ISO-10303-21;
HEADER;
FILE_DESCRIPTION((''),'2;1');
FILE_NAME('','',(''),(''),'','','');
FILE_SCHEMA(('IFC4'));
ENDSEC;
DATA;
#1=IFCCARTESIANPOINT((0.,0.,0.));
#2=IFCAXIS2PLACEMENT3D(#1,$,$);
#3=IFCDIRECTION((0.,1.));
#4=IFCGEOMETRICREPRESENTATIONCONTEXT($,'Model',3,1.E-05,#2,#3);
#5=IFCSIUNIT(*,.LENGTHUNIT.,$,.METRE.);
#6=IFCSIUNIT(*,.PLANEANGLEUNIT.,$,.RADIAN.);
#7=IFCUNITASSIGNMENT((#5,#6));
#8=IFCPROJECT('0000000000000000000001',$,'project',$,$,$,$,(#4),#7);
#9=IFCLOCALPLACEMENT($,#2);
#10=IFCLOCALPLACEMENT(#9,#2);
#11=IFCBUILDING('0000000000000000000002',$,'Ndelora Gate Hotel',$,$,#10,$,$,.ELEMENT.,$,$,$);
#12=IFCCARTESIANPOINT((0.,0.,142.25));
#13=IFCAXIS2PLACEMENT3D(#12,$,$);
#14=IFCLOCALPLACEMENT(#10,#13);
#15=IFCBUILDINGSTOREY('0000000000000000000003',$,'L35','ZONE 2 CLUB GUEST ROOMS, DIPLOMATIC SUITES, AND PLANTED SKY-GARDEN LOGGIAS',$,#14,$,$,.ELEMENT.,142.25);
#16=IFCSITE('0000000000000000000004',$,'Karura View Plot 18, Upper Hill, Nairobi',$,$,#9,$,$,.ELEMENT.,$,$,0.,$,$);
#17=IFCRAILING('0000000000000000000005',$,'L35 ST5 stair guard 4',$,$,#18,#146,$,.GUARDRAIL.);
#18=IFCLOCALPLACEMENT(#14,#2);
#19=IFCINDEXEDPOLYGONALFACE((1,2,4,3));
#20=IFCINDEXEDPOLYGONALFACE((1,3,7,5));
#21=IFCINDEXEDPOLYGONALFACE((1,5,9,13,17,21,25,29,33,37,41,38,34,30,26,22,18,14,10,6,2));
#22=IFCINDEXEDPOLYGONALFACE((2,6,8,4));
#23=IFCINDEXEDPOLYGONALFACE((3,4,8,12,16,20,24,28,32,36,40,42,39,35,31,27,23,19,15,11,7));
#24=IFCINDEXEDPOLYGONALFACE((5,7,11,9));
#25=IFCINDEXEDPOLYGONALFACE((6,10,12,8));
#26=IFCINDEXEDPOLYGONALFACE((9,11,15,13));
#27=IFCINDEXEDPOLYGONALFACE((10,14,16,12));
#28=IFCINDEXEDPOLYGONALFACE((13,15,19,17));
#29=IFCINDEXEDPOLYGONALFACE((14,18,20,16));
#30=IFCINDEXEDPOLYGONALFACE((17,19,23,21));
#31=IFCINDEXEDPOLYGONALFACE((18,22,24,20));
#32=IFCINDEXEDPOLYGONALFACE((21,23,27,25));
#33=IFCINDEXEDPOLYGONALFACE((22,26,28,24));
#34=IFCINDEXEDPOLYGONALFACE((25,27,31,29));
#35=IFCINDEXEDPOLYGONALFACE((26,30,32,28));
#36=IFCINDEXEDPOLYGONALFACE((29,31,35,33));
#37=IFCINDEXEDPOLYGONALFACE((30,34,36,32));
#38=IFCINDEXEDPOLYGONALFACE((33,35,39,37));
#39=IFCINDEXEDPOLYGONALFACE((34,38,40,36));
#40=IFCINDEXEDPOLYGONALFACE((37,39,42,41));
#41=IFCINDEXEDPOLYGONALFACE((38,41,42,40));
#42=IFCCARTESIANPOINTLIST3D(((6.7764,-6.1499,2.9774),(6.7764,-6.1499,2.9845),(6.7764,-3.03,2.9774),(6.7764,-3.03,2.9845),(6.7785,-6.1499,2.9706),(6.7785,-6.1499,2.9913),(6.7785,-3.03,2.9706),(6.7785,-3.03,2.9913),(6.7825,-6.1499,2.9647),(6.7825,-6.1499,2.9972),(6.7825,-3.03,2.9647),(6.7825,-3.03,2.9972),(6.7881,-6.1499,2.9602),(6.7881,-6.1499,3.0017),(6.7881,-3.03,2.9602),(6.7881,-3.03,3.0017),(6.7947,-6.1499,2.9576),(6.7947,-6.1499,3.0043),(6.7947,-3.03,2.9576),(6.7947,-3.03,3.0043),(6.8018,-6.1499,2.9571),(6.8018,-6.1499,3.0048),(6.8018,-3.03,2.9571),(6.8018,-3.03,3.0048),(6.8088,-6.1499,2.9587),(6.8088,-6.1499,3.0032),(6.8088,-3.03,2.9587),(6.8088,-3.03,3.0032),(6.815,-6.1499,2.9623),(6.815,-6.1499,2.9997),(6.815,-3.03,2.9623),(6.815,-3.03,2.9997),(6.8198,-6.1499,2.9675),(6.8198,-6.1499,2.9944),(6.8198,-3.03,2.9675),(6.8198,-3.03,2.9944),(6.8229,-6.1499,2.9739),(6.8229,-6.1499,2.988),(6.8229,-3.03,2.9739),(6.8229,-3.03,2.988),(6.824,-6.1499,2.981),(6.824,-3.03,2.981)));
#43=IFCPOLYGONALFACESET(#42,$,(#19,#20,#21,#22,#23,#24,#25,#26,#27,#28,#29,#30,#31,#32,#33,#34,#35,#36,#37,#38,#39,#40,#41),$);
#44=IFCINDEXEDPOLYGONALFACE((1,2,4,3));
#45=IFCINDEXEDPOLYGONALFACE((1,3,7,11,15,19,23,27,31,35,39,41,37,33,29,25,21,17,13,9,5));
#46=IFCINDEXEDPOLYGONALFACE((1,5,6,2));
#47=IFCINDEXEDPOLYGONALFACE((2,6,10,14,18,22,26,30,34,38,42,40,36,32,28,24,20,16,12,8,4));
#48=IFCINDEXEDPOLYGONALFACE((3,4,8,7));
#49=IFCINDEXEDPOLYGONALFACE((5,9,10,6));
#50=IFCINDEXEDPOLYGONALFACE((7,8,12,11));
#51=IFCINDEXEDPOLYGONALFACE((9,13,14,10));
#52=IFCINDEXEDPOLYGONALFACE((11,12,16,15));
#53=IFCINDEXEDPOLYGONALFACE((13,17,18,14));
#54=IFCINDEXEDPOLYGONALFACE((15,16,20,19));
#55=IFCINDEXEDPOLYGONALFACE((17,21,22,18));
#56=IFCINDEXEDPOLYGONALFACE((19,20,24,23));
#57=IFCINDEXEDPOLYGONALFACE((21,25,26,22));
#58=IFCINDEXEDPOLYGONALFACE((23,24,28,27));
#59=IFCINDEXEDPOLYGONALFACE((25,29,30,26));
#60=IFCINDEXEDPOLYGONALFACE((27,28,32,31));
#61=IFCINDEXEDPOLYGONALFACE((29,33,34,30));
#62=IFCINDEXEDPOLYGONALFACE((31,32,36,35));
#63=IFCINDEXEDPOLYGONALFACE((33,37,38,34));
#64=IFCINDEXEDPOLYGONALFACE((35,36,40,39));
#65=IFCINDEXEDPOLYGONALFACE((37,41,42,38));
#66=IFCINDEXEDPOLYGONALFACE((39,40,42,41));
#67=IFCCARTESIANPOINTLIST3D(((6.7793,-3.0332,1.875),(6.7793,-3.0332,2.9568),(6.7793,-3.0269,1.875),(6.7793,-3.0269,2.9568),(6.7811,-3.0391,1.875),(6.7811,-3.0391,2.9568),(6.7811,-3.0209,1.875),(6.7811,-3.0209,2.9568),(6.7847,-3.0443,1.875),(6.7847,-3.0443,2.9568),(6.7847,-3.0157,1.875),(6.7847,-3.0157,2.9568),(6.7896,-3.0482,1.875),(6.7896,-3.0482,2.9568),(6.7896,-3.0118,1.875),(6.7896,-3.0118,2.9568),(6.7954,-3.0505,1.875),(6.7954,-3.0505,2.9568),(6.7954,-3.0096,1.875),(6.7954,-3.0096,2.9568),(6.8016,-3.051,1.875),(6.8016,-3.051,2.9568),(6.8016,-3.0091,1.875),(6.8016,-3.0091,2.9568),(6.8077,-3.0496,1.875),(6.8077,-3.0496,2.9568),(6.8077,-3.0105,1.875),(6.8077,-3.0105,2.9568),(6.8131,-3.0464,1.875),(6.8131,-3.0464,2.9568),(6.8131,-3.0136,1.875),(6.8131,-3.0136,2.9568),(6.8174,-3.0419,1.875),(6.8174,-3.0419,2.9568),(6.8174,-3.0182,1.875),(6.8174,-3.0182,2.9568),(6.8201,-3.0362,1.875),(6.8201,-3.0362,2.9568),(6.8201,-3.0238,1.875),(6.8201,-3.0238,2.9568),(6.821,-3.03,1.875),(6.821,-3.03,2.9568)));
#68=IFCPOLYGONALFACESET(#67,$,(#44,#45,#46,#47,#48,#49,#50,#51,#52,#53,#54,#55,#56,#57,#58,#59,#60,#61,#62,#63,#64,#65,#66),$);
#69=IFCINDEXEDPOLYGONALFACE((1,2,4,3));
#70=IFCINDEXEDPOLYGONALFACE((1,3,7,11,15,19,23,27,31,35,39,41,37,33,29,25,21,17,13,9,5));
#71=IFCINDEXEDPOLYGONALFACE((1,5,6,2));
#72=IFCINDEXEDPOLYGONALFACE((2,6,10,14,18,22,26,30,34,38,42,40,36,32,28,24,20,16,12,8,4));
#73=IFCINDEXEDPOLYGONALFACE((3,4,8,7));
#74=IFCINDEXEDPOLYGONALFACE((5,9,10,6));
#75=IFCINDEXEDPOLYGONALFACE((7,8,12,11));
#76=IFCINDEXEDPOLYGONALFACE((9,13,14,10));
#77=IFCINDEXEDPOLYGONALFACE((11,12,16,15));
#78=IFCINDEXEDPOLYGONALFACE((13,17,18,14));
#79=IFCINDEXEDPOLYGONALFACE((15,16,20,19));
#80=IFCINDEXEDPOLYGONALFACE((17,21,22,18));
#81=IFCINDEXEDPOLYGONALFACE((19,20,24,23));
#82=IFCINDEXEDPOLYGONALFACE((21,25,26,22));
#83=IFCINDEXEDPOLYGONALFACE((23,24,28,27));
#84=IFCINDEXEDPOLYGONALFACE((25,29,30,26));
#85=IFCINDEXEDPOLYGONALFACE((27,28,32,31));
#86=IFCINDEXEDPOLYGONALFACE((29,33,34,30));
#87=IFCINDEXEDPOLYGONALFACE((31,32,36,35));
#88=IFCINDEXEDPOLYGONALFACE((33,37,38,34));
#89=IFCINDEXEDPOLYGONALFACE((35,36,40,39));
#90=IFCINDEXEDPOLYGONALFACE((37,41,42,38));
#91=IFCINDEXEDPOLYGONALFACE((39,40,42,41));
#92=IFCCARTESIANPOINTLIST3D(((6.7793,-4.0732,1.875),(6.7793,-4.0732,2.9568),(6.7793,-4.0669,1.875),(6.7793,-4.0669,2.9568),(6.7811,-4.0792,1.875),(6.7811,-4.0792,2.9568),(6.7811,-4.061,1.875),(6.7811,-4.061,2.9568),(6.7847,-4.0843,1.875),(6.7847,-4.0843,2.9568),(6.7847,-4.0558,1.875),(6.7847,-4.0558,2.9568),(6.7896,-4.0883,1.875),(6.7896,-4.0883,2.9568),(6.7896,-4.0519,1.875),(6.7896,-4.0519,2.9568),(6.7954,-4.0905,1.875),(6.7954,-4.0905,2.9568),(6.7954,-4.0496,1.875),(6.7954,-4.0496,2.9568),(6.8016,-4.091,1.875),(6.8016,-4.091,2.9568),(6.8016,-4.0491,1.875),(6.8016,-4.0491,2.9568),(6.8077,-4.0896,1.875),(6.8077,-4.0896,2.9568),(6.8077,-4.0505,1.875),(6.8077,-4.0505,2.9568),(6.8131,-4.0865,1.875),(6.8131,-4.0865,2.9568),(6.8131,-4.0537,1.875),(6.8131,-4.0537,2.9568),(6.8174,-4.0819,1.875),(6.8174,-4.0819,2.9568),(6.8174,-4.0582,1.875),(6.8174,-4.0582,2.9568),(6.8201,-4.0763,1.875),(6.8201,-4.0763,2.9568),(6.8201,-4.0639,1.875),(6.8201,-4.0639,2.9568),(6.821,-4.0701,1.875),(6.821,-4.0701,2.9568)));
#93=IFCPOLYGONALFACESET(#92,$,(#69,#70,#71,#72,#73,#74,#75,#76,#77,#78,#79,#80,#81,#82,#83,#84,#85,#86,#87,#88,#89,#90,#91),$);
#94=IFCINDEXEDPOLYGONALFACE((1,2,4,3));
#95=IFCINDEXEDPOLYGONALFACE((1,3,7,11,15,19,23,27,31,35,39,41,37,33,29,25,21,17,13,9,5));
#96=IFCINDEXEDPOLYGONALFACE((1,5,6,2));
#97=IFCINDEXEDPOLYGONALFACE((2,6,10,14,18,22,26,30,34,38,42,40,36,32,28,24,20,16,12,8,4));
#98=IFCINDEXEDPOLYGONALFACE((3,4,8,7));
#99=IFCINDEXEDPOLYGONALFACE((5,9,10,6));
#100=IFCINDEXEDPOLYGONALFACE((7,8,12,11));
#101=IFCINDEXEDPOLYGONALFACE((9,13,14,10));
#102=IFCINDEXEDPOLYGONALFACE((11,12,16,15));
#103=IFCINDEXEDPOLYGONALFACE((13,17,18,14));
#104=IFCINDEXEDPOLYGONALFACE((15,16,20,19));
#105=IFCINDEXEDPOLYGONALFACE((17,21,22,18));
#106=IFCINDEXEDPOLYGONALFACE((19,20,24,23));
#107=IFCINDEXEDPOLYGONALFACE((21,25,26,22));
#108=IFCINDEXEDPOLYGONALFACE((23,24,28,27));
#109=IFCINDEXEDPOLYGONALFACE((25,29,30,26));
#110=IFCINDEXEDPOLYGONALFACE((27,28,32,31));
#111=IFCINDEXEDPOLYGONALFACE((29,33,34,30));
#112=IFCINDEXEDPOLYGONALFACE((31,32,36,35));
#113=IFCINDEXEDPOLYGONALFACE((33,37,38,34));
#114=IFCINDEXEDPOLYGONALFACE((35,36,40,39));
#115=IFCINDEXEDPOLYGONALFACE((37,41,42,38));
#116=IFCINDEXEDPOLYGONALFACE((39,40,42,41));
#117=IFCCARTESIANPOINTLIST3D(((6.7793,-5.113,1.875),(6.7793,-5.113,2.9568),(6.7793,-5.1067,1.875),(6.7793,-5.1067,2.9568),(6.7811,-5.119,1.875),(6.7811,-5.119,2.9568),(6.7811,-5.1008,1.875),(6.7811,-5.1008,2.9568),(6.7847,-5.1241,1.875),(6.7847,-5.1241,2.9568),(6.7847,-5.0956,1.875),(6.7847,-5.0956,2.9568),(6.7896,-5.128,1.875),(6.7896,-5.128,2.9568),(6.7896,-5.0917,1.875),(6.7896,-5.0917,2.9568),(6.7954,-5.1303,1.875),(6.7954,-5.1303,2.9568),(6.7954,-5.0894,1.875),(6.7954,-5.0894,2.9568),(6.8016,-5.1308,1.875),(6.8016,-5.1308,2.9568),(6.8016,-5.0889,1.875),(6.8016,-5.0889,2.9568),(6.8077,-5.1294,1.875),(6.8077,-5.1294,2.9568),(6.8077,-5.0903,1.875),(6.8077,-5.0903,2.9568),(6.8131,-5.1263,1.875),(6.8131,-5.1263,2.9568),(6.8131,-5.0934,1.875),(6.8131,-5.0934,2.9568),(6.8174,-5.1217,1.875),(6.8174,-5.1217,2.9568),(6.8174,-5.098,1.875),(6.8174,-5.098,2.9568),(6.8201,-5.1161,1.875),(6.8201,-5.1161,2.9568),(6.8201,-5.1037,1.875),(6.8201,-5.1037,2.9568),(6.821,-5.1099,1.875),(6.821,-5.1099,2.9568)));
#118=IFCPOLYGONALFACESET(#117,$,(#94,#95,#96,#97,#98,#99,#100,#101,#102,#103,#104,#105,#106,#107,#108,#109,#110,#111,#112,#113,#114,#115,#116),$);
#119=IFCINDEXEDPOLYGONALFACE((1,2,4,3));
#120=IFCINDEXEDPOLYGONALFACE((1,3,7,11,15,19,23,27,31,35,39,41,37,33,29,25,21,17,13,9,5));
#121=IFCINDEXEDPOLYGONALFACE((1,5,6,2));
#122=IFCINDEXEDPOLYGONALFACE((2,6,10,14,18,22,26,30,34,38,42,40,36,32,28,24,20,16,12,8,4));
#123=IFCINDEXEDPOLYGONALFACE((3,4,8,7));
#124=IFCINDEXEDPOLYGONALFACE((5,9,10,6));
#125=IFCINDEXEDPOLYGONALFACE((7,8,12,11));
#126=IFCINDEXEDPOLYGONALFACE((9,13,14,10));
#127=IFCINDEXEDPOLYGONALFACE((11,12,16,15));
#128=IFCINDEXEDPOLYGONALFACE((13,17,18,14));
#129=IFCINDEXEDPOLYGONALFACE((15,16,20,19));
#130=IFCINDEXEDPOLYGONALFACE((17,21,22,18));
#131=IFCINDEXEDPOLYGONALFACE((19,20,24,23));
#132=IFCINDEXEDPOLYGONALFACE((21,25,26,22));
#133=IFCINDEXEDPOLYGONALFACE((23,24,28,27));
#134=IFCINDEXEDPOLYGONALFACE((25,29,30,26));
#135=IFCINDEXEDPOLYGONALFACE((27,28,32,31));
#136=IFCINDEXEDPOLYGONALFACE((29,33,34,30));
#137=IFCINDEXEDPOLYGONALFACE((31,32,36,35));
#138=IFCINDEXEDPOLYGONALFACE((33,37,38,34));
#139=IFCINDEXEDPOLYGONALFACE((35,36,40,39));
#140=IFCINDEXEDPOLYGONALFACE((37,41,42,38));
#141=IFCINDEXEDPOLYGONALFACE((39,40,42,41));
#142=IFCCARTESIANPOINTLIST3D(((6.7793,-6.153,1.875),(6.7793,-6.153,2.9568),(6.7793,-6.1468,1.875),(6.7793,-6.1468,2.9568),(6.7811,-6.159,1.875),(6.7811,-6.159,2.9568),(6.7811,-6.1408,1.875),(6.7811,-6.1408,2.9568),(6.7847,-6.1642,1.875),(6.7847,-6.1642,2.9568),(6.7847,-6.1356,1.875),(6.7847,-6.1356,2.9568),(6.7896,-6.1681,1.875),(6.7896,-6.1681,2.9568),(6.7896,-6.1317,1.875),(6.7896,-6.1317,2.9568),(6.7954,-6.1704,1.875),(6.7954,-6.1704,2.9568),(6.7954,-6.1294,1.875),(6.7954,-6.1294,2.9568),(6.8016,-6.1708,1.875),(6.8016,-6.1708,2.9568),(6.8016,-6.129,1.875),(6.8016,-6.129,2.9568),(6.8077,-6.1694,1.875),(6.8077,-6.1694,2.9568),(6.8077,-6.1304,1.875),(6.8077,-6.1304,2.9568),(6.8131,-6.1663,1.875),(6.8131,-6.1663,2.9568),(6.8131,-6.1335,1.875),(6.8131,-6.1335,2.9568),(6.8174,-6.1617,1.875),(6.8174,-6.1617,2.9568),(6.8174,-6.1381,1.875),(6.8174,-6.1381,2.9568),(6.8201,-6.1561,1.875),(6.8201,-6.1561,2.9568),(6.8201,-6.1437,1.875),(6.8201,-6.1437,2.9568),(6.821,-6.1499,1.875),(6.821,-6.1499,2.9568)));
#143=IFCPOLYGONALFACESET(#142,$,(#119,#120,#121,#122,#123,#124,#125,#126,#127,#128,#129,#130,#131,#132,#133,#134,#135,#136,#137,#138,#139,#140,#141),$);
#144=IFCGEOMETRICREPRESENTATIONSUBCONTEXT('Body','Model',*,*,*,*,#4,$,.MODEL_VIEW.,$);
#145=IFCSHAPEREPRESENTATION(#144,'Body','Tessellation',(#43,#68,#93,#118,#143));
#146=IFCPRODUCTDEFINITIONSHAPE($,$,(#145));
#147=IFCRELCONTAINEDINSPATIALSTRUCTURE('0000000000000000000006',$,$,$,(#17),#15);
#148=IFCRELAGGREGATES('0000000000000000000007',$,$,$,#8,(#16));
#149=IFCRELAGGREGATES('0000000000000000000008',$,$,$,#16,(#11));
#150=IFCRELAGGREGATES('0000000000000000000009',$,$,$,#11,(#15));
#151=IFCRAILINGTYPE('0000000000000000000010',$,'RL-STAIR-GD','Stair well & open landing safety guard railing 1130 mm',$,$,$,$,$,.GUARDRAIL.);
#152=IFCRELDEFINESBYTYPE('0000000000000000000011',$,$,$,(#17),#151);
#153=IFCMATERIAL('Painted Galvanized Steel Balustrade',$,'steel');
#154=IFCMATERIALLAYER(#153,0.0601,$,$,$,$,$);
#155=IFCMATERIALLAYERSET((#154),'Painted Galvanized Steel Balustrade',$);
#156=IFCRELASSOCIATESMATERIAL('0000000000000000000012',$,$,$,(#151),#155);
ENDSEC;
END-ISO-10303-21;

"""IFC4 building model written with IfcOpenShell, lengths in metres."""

from ifc_helpers import new_model, si_unit, direction, frame, origin, origin_2d, place, context, subcontext, project, spatial, circle, extrude, material, layer, layer_set, type_object, element, save


model = new_model("IFC4")

# Units and contexts
model_context = context("Model", 3, precision=1e-05, world=origin(), true_north=direction((0.0, 1.0)))
body_context = subcontext(model_context, "Body", "Model", "MODEL_VIEW")
ifc_project = project(units=[si_unit("LENGTHUNIT", "METRE"), si_unit("PLANEANGLEUNIT", "RADIAN")], contexts=[model_context])

# Site, building, storey
site_placement = place(None, origin())
site = spatial("IfcSite", under=ifc_project, at=site_placement, Name="Karura View Plot 18, Upper Hill, Nairobi", CompositionType="ELEMENT", RefElevation=0.0)
building_placement = place(site_placement, origin())
building = spatial("IfcBuilding", under=site, at=building_placement, Name="Ndelora Gate Hotel", CompositionType="ELEMENT")
storey_placement = place(building_placement, frame((0.0, 0.0, 142.25)))
storey = spatial("IfcBuildingStorey", under=building, at=storey_placement, Name="L35", Description="ZONE 2 CLUB GUEST ROOMS, DIPLOMATIC SUITES, AND PLANTED SKY-GARDEN LOGGIAS", CompositionType="ELEMENT", Elevation=142.25)

# Railing
ifc_material_1 = material(Name="Painted Galvanized Steel Balustrade", Category="steel")
ifc_layer_1 = layer(ifc_material_1, 0.0601)
ifc_layer_set_1 = layer_set([ifc_layer_1], Name="Painted Galvanized Steel Balustrade")
railing_type_1 = type_object("IfcRailingType", Name="RL-STAIR-GD", Description="Stair well & open landing safety guard railing 1130 mm", PredefinedType="GUARDRAIL", material=ifc_layer_set_1)
for number, where, name in (
    (1, (6.8, -3.03, 1.875), "L35 ST5 stair guard 4"),
):
    element("IfcRailing", number, at=place(storey_placement, frame(where)), inside=storey, type_object=railing_type_1, Name=name, PredefinedType="GUARDRAIL", context=body_context, shape_type="SweptSolid", body=[
        extrude(circle(Radius=0.0239, at=origin_2d()), frame((0.0, 0.0, 1.106), z_axis=(0.0, -1.0, 0.0), x_axis=(1.0, 0.0, 0.0)), (0.0, 0.0, 1.0), 3.1199),
        extrude(circle(Radius=0.021, at=origin_2d()), origin(), (0.0, 0.0, 1.0), 1.0818),
        extrude(circle(Radius=0.021, at=origin_2d()), frame((0.0, -1.04, 0.0)), (0.0, 0.0, 1.0), 1.0818),
        extrude(circle(Radius=0.021, at=origin_2d()), frame((0.0, -2.0798, 0.0)), (0.0, 0.0, 1.0), 1.0818),
        extrude(circle(Radius=0.021, at=origin_2d()), frame((0.0, -3.1199, 0.0)), (0.0, 0.0, 1.0), 1.0818),
    ])

save(model, "model.ifc")
